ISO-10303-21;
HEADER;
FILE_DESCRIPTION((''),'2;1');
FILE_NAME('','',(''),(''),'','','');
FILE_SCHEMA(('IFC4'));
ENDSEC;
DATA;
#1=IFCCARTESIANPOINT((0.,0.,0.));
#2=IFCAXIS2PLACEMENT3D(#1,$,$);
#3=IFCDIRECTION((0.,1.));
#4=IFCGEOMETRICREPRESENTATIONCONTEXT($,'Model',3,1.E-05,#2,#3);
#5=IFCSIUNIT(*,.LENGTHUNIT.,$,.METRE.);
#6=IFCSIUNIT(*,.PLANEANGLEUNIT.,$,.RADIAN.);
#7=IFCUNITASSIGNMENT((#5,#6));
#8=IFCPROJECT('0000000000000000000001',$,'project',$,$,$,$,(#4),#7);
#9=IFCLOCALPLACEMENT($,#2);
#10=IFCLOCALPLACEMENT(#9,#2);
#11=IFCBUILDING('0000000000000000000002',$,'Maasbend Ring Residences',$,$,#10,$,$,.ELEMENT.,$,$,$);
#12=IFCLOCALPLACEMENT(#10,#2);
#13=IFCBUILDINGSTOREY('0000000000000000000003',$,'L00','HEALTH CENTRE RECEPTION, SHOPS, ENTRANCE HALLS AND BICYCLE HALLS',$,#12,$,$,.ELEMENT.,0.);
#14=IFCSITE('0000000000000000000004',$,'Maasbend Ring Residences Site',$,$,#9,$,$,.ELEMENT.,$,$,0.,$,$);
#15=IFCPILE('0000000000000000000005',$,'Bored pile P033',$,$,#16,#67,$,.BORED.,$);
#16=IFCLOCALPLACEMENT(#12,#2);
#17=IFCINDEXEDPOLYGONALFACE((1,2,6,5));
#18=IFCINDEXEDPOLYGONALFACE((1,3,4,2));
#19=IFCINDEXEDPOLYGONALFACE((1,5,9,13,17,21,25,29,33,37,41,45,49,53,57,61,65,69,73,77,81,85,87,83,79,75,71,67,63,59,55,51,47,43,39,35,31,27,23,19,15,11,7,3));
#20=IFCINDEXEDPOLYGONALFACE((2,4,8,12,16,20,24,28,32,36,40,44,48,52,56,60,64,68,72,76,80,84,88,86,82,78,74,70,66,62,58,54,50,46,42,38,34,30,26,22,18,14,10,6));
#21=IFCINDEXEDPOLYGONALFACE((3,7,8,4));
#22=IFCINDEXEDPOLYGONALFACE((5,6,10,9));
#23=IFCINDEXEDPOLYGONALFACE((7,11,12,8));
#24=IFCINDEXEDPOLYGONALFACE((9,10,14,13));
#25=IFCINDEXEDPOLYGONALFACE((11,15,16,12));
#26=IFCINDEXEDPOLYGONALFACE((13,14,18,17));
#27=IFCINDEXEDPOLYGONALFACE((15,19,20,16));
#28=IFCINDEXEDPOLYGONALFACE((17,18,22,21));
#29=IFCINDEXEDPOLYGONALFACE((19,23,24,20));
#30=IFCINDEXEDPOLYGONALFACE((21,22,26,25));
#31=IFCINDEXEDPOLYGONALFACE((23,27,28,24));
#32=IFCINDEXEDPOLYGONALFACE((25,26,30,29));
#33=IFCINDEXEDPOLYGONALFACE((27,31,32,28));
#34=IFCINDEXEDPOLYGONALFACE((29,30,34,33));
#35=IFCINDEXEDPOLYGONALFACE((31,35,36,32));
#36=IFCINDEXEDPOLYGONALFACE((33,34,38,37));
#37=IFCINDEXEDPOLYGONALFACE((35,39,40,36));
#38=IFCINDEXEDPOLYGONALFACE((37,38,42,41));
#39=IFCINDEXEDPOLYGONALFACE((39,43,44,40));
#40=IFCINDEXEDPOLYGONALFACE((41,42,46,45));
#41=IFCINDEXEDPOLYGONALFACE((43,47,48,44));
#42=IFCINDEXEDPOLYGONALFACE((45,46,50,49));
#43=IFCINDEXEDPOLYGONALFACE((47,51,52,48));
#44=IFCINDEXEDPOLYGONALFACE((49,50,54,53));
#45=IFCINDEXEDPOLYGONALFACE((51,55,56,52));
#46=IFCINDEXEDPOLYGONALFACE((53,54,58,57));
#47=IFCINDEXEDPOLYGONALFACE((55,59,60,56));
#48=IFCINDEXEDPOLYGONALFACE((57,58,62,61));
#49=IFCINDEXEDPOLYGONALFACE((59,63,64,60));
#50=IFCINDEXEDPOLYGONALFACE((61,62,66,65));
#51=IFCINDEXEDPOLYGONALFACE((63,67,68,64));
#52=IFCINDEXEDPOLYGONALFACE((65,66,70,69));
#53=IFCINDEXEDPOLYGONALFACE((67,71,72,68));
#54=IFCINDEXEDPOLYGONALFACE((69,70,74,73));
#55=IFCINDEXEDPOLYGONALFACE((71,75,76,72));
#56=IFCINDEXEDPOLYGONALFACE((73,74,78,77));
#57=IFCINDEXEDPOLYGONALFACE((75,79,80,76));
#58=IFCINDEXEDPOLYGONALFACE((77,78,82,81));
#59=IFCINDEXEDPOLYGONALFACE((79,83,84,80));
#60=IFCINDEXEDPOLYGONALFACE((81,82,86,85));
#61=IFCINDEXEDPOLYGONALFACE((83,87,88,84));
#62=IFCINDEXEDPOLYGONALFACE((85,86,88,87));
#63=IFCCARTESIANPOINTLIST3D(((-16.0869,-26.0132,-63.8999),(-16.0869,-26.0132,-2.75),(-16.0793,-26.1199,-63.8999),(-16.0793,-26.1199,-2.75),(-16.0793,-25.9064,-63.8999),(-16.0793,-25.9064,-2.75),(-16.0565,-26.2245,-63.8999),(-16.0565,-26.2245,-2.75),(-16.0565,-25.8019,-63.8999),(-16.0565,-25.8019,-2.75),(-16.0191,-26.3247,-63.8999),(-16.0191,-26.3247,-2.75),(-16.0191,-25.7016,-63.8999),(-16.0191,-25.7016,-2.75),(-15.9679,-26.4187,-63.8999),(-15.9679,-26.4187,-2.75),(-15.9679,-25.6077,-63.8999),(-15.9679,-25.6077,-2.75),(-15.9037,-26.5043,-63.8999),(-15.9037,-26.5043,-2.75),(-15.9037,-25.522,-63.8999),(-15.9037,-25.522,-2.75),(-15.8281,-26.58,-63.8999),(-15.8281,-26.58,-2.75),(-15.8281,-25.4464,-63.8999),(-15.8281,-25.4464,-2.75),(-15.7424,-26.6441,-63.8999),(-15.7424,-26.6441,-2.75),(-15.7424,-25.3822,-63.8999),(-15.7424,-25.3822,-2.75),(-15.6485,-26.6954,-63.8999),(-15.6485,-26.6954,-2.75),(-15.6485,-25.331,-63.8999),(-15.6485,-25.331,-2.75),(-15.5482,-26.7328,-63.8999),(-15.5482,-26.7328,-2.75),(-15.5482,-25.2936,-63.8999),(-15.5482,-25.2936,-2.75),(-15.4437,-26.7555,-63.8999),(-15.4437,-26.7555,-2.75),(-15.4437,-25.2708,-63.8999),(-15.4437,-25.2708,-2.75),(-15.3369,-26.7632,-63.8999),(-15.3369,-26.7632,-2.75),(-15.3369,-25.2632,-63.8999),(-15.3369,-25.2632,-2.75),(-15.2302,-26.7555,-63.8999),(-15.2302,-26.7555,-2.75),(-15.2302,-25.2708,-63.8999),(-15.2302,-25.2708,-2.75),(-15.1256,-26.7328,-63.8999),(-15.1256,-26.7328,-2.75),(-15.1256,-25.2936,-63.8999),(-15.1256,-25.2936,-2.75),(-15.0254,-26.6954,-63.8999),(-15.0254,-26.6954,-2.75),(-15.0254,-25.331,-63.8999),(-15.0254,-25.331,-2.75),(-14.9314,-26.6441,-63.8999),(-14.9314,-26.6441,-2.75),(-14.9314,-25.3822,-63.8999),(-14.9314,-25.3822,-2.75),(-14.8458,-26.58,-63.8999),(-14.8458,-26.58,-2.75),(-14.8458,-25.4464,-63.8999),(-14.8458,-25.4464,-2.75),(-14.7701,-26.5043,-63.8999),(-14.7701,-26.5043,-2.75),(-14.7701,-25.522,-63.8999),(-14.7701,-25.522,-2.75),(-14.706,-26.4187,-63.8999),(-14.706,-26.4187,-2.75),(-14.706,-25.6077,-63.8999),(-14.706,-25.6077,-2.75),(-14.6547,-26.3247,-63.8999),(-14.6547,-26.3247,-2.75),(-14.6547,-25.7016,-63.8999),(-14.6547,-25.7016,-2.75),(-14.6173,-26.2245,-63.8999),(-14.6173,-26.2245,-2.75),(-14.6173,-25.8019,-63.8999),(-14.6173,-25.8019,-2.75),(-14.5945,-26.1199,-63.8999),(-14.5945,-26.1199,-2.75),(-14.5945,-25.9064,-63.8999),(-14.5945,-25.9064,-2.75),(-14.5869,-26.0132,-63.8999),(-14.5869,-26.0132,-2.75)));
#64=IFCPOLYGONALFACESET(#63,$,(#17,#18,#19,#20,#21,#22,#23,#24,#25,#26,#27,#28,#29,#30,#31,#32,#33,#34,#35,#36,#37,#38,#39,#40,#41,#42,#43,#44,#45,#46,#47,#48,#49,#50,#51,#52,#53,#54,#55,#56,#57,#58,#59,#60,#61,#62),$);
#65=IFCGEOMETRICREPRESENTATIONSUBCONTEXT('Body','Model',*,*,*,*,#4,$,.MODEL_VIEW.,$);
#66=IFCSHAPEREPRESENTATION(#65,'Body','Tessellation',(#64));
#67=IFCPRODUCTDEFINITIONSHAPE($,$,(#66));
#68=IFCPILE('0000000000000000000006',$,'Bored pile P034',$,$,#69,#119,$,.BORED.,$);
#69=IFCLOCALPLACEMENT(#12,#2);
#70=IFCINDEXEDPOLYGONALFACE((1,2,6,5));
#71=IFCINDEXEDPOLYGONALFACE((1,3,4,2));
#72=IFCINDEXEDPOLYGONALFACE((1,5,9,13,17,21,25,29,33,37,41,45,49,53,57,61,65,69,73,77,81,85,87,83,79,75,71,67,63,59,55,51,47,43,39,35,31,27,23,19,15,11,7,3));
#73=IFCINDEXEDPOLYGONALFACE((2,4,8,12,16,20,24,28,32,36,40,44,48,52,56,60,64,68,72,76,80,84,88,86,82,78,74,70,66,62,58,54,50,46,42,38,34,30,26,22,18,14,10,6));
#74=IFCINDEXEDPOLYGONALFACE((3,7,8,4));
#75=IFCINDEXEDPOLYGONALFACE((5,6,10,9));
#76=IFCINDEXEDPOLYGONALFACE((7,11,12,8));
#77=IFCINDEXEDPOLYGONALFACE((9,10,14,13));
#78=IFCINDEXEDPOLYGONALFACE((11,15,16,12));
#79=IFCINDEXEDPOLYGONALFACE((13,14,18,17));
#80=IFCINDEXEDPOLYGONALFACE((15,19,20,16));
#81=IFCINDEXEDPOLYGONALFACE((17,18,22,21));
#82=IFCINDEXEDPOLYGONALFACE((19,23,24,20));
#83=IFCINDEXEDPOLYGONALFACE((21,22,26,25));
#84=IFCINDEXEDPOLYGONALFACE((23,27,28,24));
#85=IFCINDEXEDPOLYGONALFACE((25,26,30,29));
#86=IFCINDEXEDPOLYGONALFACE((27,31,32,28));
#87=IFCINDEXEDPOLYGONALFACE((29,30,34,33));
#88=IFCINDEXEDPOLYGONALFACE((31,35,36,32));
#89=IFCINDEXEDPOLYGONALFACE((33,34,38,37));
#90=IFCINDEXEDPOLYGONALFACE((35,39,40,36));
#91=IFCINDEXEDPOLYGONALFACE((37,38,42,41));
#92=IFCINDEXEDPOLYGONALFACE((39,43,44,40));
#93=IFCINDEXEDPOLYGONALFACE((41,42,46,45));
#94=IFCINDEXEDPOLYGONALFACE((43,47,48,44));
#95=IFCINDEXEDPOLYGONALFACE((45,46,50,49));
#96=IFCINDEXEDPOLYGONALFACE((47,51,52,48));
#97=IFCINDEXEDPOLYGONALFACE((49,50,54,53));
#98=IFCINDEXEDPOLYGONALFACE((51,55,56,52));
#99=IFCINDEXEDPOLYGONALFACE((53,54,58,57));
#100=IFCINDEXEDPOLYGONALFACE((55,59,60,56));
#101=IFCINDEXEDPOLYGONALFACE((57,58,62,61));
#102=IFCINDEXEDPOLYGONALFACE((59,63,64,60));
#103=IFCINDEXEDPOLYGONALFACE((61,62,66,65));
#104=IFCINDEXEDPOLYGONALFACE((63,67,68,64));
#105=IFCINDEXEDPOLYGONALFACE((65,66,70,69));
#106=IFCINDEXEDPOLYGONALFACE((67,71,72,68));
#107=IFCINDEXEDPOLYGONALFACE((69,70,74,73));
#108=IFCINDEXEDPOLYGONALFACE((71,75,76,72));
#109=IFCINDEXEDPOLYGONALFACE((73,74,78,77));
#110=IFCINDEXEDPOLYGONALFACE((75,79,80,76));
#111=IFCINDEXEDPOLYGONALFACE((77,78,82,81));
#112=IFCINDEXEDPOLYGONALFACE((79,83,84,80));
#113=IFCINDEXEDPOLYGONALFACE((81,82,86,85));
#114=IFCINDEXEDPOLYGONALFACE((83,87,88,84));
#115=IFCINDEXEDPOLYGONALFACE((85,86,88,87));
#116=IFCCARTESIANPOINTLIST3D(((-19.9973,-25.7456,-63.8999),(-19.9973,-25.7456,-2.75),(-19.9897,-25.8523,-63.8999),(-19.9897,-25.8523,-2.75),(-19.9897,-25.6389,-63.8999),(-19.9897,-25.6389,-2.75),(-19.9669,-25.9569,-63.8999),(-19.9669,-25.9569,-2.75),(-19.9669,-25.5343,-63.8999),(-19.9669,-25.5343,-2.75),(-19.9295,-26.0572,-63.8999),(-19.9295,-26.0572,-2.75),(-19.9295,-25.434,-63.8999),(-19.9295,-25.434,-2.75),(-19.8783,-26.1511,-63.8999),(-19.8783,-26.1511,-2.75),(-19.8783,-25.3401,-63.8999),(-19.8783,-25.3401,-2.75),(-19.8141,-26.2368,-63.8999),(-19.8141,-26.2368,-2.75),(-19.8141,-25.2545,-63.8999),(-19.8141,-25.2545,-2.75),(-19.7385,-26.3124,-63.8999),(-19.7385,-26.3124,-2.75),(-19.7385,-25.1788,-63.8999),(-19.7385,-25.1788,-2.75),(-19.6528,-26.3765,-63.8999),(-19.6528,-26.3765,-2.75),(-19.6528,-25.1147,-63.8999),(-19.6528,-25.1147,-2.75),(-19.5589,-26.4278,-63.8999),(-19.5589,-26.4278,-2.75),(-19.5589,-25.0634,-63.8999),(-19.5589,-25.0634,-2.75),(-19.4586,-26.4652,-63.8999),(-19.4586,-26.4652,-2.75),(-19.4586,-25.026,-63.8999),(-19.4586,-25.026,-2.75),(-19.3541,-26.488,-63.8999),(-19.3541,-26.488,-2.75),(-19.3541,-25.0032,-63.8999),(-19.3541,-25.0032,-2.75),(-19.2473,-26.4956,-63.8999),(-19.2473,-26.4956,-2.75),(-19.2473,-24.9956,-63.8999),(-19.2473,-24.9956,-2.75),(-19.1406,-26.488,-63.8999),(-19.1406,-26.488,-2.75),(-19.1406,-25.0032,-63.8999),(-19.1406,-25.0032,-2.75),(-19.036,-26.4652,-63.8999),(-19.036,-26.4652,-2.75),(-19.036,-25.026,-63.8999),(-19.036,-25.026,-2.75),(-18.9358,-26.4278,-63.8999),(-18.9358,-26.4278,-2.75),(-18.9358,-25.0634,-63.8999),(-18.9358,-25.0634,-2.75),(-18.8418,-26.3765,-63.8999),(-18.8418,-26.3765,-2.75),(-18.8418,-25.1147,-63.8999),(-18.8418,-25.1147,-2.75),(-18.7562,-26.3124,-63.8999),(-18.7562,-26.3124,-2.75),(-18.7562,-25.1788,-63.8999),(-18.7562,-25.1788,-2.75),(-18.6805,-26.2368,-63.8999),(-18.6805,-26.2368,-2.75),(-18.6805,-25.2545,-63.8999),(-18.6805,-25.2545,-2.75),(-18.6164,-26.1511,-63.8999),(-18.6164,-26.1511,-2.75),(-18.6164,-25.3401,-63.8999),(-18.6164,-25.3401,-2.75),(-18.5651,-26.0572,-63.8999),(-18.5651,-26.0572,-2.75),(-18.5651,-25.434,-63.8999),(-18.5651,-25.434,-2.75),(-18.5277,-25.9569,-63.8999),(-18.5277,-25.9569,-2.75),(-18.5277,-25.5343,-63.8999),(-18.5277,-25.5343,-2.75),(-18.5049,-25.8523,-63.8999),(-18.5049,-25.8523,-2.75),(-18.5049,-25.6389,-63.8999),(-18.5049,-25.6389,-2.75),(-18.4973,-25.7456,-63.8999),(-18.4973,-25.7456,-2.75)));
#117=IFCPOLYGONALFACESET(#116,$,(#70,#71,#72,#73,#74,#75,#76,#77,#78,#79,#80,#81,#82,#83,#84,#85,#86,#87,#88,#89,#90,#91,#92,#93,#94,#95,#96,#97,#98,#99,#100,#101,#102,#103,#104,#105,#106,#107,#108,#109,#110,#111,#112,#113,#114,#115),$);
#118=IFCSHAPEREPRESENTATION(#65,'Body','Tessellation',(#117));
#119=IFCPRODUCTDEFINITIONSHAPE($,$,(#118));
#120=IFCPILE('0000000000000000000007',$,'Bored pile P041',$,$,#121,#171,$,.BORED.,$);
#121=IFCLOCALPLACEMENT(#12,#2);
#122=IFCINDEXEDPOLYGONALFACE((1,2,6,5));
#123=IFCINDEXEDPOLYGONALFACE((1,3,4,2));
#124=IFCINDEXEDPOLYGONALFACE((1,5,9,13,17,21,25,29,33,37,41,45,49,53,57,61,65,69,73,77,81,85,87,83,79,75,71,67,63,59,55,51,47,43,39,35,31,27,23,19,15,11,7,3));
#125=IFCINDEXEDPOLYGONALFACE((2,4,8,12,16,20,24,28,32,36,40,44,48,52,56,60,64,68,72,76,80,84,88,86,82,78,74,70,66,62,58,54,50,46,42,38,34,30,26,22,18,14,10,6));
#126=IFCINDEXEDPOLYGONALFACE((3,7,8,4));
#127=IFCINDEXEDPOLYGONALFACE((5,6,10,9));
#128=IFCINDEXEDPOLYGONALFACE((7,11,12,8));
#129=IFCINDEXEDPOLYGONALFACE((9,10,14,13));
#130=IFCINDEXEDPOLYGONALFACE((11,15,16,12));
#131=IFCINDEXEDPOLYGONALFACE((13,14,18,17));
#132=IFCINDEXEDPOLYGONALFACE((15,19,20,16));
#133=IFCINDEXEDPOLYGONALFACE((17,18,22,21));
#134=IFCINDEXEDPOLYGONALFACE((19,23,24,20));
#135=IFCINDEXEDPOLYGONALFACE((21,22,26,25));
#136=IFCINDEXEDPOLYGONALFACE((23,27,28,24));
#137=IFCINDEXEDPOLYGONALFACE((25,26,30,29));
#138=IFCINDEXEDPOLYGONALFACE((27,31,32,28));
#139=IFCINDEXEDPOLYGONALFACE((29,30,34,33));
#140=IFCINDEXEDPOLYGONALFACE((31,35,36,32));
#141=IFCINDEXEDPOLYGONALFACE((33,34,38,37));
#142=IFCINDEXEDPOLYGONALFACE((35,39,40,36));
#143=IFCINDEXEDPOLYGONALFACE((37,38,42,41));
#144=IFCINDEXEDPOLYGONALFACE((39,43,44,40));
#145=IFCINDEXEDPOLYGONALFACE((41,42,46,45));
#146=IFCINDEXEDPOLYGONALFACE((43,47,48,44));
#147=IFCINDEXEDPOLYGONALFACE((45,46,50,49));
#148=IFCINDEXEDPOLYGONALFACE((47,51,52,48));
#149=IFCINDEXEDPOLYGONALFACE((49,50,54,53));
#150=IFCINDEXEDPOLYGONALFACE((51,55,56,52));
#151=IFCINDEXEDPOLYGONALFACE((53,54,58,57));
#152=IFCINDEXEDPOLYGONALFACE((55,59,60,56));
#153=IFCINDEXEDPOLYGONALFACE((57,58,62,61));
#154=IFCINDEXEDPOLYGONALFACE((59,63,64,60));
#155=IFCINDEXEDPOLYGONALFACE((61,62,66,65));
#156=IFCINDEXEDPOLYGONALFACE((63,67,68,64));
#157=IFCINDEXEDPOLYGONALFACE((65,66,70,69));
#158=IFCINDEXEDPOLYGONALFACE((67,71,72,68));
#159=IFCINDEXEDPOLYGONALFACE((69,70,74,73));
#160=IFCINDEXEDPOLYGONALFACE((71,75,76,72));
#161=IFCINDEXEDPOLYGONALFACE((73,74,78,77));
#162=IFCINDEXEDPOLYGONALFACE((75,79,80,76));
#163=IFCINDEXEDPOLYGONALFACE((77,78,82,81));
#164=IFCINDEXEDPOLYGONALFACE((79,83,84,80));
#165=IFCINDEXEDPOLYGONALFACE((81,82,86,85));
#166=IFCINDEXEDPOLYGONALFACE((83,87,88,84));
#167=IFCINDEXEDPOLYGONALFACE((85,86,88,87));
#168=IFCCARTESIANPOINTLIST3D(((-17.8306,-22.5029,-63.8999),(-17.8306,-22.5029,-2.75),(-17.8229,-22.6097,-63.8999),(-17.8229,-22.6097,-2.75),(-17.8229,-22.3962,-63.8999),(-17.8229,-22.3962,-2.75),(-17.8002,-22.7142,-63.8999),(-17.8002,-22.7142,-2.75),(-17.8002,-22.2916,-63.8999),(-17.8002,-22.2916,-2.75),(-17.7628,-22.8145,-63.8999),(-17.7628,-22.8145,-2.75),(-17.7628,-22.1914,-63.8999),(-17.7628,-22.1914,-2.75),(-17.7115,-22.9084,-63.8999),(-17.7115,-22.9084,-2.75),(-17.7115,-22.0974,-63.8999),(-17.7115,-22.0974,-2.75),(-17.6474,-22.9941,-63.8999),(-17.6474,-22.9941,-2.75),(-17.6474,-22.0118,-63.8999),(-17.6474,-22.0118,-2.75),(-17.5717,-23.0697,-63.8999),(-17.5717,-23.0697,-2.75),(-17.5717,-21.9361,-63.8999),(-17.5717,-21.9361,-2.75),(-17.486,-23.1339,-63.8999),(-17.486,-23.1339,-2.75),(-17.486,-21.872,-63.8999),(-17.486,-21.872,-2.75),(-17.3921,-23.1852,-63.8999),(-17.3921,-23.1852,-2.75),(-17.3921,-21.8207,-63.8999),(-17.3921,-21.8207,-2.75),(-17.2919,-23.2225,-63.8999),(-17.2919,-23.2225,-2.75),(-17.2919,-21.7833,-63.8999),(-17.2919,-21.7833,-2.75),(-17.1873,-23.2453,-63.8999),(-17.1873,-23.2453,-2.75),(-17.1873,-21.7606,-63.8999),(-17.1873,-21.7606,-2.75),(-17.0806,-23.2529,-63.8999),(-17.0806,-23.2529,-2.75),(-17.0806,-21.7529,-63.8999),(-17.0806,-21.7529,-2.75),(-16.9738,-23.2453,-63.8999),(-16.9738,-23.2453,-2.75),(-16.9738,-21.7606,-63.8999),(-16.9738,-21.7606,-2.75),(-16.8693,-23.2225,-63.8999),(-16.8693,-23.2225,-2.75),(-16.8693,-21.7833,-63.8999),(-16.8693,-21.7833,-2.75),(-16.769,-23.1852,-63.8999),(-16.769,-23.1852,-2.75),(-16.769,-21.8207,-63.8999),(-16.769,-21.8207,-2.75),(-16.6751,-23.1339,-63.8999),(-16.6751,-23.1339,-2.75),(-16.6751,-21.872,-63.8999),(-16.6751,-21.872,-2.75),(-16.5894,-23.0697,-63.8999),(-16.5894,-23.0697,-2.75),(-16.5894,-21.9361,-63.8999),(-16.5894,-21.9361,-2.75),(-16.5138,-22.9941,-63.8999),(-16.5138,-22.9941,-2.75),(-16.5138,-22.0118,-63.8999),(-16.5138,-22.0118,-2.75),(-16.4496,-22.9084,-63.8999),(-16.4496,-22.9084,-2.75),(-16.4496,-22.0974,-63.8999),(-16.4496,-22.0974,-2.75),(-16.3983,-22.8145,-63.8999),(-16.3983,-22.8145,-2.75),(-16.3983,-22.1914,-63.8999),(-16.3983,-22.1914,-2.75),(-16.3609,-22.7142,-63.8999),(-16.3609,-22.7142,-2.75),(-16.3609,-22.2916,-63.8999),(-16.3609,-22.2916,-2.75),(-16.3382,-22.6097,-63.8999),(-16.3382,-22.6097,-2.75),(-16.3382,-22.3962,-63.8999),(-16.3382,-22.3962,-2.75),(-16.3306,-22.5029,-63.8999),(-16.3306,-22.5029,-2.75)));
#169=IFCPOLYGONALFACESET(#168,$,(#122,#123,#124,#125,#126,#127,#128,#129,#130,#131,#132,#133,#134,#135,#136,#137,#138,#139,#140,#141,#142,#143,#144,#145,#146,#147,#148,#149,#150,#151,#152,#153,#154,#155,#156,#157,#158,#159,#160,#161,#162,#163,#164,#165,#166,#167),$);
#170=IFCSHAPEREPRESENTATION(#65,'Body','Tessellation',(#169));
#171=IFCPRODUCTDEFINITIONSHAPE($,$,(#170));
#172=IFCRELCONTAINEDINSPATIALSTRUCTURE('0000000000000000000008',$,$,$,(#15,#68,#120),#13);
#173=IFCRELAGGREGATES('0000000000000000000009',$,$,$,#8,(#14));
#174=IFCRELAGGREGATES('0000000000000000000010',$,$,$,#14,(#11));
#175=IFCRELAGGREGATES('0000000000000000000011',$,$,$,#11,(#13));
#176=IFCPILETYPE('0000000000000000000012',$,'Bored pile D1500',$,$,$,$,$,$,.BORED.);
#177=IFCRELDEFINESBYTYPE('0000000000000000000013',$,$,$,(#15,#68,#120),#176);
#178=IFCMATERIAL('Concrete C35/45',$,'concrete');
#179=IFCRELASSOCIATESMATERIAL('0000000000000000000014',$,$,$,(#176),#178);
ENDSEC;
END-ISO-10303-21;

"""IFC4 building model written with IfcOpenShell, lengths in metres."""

from ifc_helpers import new_model, si_unit, direction, frame, origin, origin_2d, place, context, subcontext, project, spatial, circle, extrude, material, material_profile, profile_set, type_object, element, save


model = new_model("IFC4")

# Units and contexts
model_context = context("Model", 3, precision=1e-05, world=origin(), true_north=direction((0.0, 1.0)))
body_context = subcontext(model_context, "Body", "Model", "MODEL_VIEW")
ifc_project = project(units=[si_unit("LENGTHUNIT", "METRE"), si_unit("PLANEANGLEUNIT", "RADIAN")], contexts=[model_context])

# Site, building, storey
site_placement = place(None, origin())
site = spatial("IfcSite", under=ifc_project, at=site_placement, Name="Maasbend Ring Residences Site", CompositionType="ELEMENT", RefElevation=0.0)
building_placement = place(site_placement, origin())
building = spatial("IfcBuilding", under=site, at=building_placement, Name="Maasbend Ring Residences", CompositionType="ELEMENT")
storey_placement = place(building_placement, origin())
storey = spatial("IfcBuildingStorey", under=building, at=storey_placement, Name="L00", Description="HEALTH CENTRE RECEPTION, SHOPS, ENTRANCE HALLS AND BICYCLE HALLS", CompositionType="ELEMENT", Elevation=0.0)

# Piles
ifc_material_1 = material(Name="Concrete C35/45", Category="concrete")
ifc_material_profile_1 = material_profile(ifc_material_1, circle(Radius=0.75, at=origin_2d()), Name="Bored pile D1500")
ifc_profile_set_1 = profile_set([ifc_material_profile_1], Name="Concrete C35/45")
pile_type = type_object("IfcPileType", Name="Bored pile D1500", PredefinedType="BORED", material=ifc_profile_set_1)
for number, where, z_axis, x_axis, name in (
    (1, (-15.3369, -26.0132, -2.75), (0.0, 0.0, -1.0), (1.0, 0.0, 0.0), "Bored pile P033"),
    (2, (-19.2473, -25.7456, -2.75), (0.0, 0.0, -1.0), (1.0, 0.0, 0.0), "Bored pile P034"),
    (3, (-17.0806, -22.5029, -2.75), (0.0, 0.0, -1.0), (1.0, 0.0, 0.0), "Bored pile P041"),
):
    element("IfcPile", number, at=place(storey_placement, frame(where, z_axis=z_axis, x_axis=x_axis)), inside=storey, type_object=pile_type, Name=name, PredefinedType="BORED", context=body_context, shape_type="SweptSolid", body=[
        extrude(circle(Radius=0.75, at=origin_2d()), origin(), (0.0, 0.0, 1.0), 61.1499),
    ])

save(model, "model.ifc")
